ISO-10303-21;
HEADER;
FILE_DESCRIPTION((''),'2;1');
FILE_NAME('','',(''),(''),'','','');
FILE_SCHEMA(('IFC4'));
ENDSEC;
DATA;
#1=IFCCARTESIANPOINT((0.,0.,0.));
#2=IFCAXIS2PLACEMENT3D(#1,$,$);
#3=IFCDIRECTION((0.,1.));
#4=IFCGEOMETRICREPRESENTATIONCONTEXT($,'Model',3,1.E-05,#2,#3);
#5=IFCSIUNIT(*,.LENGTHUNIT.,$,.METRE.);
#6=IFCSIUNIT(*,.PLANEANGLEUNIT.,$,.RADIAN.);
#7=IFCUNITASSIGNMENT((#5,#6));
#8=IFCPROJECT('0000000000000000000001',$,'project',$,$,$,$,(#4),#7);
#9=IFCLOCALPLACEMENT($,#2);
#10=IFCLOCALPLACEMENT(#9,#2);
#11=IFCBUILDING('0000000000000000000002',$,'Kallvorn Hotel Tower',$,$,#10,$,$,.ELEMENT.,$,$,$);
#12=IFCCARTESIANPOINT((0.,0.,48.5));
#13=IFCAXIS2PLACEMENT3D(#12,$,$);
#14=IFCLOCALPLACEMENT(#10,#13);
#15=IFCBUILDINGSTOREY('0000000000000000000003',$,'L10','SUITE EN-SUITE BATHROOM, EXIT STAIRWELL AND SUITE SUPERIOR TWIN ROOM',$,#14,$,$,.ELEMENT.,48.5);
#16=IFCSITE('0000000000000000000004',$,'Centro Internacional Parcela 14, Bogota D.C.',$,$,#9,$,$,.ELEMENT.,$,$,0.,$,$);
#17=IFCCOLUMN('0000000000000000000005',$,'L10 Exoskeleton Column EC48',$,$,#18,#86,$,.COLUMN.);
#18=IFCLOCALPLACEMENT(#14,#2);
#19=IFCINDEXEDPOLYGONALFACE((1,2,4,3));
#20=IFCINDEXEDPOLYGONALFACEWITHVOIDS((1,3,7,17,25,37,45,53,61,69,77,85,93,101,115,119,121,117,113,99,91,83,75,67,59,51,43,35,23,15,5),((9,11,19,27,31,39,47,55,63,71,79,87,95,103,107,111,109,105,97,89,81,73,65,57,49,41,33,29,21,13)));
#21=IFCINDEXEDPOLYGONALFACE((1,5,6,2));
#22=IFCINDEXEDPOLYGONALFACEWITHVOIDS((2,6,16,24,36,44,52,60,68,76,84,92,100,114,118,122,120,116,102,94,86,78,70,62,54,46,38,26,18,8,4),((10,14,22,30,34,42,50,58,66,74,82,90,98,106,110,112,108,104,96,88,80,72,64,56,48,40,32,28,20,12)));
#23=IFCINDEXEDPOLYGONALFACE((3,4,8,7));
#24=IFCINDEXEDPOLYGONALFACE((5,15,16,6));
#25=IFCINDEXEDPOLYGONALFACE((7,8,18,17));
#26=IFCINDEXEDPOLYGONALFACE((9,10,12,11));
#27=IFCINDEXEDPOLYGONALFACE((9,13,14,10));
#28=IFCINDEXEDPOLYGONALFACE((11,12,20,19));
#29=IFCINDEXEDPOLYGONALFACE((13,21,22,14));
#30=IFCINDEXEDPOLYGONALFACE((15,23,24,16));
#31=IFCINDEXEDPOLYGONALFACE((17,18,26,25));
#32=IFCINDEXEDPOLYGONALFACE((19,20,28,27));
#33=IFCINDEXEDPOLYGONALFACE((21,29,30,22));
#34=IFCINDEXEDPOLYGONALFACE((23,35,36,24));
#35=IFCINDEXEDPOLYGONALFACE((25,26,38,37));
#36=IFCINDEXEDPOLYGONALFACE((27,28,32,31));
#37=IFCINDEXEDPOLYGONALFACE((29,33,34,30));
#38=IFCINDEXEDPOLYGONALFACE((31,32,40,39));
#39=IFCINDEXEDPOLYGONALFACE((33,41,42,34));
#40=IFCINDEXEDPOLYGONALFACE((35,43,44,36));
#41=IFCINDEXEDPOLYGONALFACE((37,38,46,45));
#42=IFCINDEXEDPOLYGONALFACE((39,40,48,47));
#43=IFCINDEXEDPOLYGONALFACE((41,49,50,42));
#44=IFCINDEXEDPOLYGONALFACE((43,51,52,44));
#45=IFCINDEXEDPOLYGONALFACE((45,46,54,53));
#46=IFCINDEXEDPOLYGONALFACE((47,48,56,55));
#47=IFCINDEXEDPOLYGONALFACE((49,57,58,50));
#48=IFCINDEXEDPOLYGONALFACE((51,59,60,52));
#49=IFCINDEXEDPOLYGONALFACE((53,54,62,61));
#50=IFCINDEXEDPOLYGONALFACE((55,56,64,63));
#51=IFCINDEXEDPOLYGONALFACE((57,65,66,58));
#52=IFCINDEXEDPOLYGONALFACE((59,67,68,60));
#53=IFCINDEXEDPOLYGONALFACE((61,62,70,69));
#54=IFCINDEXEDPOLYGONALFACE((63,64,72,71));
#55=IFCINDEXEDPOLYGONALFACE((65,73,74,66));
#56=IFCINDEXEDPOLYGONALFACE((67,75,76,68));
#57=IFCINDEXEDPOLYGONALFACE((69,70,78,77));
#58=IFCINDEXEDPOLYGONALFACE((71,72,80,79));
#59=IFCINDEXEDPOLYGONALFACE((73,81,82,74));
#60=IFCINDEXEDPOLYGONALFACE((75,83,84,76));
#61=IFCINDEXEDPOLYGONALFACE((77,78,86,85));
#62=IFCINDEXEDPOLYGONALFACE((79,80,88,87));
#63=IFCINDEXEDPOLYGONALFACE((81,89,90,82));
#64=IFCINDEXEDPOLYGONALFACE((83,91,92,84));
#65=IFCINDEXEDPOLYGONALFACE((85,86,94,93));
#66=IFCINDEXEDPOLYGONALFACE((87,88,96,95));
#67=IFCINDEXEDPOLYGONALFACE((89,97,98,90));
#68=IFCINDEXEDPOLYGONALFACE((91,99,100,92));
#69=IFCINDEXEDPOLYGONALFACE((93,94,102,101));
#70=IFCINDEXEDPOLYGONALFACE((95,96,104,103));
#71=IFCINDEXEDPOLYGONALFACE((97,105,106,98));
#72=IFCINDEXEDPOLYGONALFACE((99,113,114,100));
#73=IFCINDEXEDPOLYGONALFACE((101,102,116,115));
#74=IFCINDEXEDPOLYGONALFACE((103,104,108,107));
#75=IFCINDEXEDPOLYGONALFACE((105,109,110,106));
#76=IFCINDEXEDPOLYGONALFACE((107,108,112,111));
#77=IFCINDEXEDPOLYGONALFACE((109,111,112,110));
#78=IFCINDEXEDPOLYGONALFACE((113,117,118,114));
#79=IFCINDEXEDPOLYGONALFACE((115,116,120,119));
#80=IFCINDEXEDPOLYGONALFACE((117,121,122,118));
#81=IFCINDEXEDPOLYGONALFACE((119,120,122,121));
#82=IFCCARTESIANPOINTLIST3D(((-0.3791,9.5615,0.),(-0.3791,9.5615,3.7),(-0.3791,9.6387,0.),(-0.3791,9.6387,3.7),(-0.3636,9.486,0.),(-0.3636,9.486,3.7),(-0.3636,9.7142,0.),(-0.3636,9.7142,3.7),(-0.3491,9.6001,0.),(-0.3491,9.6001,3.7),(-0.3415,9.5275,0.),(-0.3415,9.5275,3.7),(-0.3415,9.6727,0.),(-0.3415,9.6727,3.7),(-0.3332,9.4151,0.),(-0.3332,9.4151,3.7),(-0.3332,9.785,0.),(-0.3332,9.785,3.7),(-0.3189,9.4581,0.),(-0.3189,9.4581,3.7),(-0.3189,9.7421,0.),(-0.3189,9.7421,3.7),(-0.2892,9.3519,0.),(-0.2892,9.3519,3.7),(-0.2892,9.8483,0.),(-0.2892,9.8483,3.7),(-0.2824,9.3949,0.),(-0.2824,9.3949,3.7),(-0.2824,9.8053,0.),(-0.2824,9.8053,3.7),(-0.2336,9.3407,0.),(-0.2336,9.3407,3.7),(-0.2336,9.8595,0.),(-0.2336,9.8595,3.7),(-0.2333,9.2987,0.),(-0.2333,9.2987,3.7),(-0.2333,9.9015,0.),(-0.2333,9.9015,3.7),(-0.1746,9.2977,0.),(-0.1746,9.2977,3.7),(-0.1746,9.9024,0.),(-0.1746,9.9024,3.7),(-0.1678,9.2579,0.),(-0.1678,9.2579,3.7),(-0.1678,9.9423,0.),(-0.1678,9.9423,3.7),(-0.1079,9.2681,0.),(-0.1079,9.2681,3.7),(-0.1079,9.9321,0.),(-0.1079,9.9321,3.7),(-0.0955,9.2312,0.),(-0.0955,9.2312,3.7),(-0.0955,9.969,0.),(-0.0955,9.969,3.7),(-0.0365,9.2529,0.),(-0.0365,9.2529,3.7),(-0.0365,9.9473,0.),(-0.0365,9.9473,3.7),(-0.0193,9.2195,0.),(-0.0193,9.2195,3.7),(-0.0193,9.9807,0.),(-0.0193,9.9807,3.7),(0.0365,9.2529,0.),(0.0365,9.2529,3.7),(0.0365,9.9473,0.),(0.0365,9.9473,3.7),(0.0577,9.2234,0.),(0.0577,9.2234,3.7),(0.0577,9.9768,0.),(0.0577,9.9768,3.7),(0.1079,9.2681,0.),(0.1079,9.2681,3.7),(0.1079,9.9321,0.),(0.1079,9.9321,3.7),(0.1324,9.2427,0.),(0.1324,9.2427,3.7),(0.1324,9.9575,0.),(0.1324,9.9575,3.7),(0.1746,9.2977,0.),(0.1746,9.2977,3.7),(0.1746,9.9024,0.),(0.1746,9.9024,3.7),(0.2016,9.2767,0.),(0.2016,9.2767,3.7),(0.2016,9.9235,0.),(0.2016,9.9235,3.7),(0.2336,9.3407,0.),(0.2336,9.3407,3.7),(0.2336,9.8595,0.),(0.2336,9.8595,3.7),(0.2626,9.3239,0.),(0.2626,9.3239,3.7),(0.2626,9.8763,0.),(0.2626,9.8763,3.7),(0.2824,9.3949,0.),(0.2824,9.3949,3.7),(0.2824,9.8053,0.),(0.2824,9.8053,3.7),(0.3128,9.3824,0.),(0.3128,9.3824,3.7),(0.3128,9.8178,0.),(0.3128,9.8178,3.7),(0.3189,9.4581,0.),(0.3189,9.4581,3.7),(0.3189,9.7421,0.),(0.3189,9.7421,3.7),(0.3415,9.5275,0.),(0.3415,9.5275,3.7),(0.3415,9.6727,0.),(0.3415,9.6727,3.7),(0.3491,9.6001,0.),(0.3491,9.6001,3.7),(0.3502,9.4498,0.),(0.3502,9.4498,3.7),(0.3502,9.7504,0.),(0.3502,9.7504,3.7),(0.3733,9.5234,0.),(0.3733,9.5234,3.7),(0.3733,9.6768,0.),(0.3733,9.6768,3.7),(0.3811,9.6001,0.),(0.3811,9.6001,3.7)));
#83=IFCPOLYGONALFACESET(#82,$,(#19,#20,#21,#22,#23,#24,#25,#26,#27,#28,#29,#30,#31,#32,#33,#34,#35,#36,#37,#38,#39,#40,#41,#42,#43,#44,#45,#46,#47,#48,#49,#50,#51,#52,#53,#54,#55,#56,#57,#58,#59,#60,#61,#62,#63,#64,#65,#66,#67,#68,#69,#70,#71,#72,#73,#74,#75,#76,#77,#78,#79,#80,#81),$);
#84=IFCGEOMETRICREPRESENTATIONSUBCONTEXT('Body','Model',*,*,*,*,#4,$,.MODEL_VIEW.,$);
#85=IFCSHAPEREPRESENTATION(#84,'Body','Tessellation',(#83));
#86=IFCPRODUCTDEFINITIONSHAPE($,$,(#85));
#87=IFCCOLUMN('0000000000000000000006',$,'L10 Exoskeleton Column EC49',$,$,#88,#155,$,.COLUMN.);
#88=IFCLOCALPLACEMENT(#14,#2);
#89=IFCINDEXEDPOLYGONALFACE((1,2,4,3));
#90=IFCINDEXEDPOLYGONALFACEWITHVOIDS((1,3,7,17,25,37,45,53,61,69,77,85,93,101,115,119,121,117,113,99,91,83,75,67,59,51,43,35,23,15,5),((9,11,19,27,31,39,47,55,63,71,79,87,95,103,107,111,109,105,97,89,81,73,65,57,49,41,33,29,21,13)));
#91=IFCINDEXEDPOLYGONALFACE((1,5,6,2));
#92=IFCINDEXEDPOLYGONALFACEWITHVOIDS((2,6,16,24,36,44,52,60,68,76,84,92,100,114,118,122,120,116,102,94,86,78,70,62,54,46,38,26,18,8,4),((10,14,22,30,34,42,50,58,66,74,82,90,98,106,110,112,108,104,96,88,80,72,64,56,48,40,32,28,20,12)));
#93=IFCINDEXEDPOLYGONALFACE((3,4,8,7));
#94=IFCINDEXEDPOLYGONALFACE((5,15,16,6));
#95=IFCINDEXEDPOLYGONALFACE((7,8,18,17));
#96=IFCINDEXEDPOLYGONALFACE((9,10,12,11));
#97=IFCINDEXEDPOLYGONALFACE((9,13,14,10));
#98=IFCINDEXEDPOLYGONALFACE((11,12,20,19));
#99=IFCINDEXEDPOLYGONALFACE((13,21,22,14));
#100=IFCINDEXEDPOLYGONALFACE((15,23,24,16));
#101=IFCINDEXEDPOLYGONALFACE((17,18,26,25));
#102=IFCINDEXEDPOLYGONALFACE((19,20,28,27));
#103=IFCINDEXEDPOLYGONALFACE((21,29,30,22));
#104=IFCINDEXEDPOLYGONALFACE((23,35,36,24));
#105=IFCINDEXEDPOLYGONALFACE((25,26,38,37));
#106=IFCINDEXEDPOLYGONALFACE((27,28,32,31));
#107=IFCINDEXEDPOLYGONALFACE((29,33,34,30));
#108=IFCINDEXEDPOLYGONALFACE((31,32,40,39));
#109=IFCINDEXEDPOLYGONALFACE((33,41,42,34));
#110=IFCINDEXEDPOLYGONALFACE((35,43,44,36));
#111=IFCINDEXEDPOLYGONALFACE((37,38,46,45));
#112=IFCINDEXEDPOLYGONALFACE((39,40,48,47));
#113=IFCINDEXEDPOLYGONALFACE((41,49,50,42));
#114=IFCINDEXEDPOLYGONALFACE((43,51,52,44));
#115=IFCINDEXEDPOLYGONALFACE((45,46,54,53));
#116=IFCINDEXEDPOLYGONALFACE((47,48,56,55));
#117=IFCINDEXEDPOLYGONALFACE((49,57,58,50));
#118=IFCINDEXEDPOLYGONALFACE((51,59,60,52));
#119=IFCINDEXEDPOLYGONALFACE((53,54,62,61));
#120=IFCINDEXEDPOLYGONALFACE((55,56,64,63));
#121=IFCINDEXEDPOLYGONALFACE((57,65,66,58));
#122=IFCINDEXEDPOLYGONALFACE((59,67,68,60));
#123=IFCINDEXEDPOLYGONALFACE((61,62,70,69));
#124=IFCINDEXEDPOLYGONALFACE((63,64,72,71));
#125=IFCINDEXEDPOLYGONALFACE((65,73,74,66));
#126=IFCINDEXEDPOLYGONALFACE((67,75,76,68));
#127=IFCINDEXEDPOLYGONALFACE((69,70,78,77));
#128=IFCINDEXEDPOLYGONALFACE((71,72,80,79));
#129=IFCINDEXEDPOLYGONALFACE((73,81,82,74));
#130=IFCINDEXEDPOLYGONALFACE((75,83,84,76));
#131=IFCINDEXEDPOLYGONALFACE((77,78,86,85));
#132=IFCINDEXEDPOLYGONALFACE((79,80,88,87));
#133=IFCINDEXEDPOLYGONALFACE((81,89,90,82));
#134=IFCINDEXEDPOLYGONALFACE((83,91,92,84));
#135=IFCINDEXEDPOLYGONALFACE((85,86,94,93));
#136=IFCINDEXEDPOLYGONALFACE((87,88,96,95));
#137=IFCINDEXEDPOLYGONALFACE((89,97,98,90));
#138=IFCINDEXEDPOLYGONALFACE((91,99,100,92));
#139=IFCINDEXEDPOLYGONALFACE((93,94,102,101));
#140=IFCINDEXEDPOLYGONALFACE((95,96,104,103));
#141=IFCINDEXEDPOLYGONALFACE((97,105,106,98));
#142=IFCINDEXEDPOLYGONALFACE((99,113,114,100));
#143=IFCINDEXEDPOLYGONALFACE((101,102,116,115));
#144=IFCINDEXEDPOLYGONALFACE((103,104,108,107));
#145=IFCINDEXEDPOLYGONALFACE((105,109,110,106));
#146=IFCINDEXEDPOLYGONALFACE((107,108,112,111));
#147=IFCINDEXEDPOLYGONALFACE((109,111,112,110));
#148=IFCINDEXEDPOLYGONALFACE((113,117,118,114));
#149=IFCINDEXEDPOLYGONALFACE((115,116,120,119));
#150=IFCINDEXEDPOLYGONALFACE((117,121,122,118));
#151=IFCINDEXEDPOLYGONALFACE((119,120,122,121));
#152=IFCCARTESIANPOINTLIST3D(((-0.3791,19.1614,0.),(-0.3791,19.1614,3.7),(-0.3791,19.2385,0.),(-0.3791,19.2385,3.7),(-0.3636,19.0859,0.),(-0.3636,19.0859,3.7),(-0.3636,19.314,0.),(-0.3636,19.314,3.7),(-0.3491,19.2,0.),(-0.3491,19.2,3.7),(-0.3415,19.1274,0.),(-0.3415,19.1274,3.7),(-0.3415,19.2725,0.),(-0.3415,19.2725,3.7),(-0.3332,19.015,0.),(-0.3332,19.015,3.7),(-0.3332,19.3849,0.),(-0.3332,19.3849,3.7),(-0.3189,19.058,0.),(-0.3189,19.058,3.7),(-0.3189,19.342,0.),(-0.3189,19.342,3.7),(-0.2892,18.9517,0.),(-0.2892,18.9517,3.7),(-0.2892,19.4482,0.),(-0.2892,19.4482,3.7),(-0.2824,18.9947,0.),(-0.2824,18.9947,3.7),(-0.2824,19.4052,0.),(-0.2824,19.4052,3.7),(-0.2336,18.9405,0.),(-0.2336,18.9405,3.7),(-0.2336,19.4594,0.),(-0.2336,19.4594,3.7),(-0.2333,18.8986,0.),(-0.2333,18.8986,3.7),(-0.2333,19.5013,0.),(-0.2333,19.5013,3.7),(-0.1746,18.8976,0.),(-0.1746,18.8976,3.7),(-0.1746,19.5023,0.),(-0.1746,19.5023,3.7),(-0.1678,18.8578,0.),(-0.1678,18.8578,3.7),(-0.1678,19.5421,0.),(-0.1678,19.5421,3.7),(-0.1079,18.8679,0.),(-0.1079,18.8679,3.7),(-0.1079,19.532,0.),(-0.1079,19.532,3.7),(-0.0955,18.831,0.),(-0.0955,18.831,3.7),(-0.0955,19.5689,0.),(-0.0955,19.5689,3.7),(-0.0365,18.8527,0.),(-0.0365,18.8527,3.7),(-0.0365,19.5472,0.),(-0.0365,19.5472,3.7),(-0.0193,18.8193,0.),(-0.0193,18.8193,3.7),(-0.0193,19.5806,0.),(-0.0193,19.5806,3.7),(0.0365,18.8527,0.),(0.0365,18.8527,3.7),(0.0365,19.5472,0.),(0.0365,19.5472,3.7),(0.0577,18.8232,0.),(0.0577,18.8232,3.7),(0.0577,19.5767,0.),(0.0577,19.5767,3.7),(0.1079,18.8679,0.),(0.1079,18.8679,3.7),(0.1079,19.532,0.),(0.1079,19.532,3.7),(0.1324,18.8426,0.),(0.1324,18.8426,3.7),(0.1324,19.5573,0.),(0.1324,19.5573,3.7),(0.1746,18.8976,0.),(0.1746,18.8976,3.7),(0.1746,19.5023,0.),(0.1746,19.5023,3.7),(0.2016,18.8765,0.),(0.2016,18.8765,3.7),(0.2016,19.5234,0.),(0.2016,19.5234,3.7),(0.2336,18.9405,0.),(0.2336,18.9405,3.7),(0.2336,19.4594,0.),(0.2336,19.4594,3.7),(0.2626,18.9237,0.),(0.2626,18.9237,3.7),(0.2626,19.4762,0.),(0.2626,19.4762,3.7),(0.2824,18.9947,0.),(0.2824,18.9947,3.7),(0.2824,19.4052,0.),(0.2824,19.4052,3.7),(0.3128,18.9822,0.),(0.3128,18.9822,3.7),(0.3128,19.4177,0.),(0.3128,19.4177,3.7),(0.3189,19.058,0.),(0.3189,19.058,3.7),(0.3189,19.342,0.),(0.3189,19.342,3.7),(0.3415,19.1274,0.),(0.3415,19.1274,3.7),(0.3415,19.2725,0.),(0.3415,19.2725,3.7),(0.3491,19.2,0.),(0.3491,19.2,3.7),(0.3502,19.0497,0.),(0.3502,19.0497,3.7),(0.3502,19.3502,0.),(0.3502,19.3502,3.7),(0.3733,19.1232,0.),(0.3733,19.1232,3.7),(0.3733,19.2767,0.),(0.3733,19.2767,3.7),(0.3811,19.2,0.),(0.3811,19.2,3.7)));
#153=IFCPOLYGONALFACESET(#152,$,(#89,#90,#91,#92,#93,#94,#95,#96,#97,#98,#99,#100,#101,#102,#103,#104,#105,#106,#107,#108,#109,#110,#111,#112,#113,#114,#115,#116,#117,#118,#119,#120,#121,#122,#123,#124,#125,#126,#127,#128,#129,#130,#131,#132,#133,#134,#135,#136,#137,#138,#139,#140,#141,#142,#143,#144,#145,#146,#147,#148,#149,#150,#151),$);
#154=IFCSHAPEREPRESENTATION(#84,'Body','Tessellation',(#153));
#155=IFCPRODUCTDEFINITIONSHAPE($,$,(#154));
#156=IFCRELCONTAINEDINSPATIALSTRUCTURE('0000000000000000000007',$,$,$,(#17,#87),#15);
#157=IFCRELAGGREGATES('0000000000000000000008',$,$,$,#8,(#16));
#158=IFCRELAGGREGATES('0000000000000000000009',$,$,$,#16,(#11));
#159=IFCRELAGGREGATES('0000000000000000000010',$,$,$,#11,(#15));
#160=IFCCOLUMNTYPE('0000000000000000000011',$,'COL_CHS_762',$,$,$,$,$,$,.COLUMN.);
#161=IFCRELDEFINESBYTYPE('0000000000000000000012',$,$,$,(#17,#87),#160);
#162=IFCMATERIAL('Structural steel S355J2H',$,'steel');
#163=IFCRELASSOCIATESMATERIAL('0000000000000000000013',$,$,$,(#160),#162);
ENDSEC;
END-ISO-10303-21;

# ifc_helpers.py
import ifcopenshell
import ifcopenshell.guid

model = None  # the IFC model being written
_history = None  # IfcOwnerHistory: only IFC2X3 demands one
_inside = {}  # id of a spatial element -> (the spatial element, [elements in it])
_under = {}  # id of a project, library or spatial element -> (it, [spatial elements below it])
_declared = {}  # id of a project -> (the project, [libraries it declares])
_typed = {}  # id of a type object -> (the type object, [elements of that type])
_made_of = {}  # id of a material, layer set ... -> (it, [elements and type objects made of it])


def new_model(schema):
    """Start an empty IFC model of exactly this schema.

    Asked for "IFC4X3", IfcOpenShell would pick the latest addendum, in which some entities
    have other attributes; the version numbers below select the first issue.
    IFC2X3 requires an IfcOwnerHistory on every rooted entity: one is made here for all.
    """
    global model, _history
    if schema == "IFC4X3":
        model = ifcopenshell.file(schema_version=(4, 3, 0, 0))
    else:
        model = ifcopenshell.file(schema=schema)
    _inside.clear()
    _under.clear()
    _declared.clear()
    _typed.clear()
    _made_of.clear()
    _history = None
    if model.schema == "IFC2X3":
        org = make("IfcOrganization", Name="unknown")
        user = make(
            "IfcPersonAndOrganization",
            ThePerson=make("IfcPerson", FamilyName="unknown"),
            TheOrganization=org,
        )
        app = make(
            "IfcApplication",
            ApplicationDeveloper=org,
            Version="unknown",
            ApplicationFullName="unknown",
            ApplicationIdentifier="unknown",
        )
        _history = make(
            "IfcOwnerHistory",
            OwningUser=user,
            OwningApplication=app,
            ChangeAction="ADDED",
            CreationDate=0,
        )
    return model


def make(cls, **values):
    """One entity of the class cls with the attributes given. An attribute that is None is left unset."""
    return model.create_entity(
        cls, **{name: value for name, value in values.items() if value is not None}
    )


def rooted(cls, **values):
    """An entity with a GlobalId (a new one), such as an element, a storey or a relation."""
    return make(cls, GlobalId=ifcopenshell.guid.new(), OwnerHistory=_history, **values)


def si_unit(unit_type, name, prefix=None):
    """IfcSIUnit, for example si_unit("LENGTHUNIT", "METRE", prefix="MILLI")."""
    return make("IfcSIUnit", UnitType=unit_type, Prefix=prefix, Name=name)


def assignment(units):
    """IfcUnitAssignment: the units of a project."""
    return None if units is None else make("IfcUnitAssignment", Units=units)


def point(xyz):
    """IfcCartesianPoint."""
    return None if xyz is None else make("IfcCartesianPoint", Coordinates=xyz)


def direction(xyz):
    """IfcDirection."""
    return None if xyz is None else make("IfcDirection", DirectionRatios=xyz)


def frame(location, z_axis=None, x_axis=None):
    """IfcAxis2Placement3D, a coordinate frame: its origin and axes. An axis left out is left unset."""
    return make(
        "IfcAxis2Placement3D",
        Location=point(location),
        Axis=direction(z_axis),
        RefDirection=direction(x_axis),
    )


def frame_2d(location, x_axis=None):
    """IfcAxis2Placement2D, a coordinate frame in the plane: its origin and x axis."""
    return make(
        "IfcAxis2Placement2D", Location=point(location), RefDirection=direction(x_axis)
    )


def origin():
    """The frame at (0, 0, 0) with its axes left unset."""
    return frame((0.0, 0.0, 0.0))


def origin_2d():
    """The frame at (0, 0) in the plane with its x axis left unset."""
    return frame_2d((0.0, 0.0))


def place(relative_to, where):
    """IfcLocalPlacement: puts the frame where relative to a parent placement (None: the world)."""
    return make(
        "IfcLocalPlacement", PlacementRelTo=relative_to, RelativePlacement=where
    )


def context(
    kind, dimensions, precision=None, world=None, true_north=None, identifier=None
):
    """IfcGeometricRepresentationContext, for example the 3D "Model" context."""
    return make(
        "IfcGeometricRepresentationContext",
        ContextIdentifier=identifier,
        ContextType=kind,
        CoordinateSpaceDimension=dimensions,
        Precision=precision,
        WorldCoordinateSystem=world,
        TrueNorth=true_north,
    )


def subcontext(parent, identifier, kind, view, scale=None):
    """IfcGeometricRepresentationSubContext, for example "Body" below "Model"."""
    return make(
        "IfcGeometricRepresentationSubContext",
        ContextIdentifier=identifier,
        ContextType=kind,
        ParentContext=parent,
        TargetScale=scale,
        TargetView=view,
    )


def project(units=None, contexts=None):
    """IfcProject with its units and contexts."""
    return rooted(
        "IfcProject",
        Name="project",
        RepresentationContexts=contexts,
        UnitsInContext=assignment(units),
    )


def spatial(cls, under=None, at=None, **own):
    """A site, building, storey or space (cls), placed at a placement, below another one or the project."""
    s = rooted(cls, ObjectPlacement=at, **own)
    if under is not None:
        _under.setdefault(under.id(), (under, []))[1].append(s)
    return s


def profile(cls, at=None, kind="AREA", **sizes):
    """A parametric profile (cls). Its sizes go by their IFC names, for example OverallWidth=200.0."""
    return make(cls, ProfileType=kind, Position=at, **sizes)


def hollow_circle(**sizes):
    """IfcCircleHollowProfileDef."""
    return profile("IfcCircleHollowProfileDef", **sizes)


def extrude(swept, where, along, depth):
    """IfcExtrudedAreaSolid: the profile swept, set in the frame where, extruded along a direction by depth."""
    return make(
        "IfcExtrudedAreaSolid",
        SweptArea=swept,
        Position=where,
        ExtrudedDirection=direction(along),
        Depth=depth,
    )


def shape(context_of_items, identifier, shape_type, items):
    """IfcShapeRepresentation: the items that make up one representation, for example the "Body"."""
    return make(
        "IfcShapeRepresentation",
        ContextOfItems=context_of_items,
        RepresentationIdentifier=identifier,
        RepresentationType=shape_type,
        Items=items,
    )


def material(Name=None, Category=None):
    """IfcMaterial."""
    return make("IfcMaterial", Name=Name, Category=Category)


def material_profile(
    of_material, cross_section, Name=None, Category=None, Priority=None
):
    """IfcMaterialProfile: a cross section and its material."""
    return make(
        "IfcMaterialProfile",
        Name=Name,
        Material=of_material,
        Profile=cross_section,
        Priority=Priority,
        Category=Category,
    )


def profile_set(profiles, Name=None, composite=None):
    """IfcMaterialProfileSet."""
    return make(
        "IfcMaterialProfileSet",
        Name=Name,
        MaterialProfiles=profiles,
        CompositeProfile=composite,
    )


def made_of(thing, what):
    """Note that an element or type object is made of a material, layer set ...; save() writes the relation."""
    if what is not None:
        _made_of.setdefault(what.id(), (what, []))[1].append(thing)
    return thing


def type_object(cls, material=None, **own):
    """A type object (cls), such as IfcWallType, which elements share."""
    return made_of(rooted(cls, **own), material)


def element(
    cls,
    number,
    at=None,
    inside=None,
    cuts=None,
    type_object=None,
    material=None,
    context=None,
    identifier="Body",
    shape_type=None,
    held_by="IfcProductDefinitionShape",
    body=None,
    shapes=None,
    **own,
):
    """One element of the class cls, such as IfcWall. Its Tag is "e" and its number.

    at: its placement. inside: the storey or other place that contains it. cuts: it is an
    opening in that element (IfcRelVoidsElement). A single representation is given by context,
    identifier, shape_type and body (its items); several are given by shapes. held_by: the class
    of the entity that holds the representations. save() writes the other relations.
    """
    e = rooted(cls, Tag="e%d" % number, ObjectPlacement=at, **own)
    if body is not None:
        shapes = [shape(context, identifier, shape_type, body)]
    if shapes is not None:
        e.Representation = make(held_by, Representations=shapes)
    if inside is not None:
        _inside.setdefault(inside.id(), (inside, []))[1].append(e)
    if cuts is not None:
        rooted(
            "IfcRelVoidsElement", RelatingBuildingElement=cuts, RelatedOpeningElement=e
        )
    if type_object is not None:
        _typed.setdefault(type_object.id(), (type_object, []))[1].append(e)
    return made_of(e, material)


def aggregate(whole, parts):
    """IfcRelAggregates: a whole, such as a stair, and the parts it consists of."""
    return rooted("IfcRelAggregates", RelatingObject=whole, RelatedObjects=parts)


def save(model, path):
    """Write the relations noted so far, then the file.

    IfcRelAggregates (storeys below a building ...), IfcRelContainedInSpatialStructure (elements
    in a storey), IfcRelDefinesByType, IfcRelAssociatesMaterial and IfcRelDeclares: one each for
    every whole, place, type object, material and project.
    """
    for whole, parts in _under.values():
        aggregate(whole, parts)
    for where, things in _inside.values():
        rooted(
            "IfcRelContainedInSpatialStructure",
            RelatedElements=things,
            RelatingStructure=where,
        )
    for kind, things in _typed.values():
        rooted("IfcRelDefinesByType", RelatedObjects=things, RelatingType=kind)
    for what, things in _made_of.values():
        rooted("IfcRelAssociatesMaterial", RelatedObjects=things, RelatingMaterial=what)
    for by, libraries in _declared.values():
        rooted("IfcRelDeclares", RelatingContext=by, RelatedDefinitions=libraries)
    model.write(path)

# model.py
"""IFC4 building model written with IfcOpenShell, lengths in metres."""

from ifc_helpers import new_model, si_unit, direction, frame, origin, origin_2d, place, context, subcontext, project, spatial, hollow_circle, extrude, material, material_profile, profile_set, type_object, element, save


model = new_model("IFC4")

# Units and contexts
model_context = context("Model", 3, precision=1e-05, world=origin(), true_north=direction((0.0, 1.0)))
body_context = subcontext(model_context, "Body", "Model", "MODEL_VIEW")
ifc_project = project(units=[si_unit("LENGTHUNIT", "METRE"), si_unit("PLANEANGLEUNIT", "RADIAN")], contexts=[model_context])

# Site, building, storey
site_placement = place(None, origin())
site = spatial("IfcSite", under=ifc_project, at=site_placement, Name="Centro Internacional Parcela 14, Bogota D.C.", CompositionType="ELEMENT", RefElevation=0.0)
building_placement = place(site_placement, origin())
building = spatial("IfcBuilding", under=site, at=building_placement, Name="Kallvorn Hotel Tower", CompositionType="ELEMENT")
storey_placement = place(building_placement, frame((0.0, 0.0, 48.5)))
storey = spatial("IfcBuildingStorey", under=building, at=storey_placement, Name="L10", Description="SUITE EN-SUITE BATHROOM, EXIT STAIRWELL AND SUITE SUPERIOR TWIN ROOM", CompositionType="ELEMENT", Elevation=48.5)

# Columns
ifc_material_1 = material(Name="Structural steel S355J2H", Category="steel")
ifc_material_profile_1 = material_profile(ifc_material_1, hollow_circle(Radius=0.3811, WallThickness=0.032, at=origin_2d()), Name="CHS 762x32")
ifc_profile_set_1 = profile_set([ifc_material_profile_1], Name="Structural steel S355J2H")
column_type_1 = type_object("IfcColumnType", Name="COL_CHS_762", PredefinedType="COLUMN", material=ifc_profile_set_1)
for number, where, z_axis, x_axis, name in (
    (1, (0.0, 9.6001, 0.0), (0.0, 0.0, 1.0), (1.0, 0.0, 0.0), "L10 Exoskeleton Column EC48"),
    (2, (0.0, 19.2, 0.0), (0.0, 0.0, 1.0), (1.0, 0.0, 0.0), "L10 Exoskeleton Column EC49"),
):
    element("IfcColumn", number, at=place(storey_placement, frame(where, z_axis=z_axis, x_axis=x_axis)), inside=storey, type_object=column_type_1, Name=name, PredefinedType="COLUMN", context=body_context, shape_type="SweptSolid", body=[
        extrude(hollow_circle(Radius=0.3811, WallThickness=0.032, at=origin_2d()), origin(), (0.0, 0.0, 1.0), 3.7),
    ])

save(model, "model.ifc")
